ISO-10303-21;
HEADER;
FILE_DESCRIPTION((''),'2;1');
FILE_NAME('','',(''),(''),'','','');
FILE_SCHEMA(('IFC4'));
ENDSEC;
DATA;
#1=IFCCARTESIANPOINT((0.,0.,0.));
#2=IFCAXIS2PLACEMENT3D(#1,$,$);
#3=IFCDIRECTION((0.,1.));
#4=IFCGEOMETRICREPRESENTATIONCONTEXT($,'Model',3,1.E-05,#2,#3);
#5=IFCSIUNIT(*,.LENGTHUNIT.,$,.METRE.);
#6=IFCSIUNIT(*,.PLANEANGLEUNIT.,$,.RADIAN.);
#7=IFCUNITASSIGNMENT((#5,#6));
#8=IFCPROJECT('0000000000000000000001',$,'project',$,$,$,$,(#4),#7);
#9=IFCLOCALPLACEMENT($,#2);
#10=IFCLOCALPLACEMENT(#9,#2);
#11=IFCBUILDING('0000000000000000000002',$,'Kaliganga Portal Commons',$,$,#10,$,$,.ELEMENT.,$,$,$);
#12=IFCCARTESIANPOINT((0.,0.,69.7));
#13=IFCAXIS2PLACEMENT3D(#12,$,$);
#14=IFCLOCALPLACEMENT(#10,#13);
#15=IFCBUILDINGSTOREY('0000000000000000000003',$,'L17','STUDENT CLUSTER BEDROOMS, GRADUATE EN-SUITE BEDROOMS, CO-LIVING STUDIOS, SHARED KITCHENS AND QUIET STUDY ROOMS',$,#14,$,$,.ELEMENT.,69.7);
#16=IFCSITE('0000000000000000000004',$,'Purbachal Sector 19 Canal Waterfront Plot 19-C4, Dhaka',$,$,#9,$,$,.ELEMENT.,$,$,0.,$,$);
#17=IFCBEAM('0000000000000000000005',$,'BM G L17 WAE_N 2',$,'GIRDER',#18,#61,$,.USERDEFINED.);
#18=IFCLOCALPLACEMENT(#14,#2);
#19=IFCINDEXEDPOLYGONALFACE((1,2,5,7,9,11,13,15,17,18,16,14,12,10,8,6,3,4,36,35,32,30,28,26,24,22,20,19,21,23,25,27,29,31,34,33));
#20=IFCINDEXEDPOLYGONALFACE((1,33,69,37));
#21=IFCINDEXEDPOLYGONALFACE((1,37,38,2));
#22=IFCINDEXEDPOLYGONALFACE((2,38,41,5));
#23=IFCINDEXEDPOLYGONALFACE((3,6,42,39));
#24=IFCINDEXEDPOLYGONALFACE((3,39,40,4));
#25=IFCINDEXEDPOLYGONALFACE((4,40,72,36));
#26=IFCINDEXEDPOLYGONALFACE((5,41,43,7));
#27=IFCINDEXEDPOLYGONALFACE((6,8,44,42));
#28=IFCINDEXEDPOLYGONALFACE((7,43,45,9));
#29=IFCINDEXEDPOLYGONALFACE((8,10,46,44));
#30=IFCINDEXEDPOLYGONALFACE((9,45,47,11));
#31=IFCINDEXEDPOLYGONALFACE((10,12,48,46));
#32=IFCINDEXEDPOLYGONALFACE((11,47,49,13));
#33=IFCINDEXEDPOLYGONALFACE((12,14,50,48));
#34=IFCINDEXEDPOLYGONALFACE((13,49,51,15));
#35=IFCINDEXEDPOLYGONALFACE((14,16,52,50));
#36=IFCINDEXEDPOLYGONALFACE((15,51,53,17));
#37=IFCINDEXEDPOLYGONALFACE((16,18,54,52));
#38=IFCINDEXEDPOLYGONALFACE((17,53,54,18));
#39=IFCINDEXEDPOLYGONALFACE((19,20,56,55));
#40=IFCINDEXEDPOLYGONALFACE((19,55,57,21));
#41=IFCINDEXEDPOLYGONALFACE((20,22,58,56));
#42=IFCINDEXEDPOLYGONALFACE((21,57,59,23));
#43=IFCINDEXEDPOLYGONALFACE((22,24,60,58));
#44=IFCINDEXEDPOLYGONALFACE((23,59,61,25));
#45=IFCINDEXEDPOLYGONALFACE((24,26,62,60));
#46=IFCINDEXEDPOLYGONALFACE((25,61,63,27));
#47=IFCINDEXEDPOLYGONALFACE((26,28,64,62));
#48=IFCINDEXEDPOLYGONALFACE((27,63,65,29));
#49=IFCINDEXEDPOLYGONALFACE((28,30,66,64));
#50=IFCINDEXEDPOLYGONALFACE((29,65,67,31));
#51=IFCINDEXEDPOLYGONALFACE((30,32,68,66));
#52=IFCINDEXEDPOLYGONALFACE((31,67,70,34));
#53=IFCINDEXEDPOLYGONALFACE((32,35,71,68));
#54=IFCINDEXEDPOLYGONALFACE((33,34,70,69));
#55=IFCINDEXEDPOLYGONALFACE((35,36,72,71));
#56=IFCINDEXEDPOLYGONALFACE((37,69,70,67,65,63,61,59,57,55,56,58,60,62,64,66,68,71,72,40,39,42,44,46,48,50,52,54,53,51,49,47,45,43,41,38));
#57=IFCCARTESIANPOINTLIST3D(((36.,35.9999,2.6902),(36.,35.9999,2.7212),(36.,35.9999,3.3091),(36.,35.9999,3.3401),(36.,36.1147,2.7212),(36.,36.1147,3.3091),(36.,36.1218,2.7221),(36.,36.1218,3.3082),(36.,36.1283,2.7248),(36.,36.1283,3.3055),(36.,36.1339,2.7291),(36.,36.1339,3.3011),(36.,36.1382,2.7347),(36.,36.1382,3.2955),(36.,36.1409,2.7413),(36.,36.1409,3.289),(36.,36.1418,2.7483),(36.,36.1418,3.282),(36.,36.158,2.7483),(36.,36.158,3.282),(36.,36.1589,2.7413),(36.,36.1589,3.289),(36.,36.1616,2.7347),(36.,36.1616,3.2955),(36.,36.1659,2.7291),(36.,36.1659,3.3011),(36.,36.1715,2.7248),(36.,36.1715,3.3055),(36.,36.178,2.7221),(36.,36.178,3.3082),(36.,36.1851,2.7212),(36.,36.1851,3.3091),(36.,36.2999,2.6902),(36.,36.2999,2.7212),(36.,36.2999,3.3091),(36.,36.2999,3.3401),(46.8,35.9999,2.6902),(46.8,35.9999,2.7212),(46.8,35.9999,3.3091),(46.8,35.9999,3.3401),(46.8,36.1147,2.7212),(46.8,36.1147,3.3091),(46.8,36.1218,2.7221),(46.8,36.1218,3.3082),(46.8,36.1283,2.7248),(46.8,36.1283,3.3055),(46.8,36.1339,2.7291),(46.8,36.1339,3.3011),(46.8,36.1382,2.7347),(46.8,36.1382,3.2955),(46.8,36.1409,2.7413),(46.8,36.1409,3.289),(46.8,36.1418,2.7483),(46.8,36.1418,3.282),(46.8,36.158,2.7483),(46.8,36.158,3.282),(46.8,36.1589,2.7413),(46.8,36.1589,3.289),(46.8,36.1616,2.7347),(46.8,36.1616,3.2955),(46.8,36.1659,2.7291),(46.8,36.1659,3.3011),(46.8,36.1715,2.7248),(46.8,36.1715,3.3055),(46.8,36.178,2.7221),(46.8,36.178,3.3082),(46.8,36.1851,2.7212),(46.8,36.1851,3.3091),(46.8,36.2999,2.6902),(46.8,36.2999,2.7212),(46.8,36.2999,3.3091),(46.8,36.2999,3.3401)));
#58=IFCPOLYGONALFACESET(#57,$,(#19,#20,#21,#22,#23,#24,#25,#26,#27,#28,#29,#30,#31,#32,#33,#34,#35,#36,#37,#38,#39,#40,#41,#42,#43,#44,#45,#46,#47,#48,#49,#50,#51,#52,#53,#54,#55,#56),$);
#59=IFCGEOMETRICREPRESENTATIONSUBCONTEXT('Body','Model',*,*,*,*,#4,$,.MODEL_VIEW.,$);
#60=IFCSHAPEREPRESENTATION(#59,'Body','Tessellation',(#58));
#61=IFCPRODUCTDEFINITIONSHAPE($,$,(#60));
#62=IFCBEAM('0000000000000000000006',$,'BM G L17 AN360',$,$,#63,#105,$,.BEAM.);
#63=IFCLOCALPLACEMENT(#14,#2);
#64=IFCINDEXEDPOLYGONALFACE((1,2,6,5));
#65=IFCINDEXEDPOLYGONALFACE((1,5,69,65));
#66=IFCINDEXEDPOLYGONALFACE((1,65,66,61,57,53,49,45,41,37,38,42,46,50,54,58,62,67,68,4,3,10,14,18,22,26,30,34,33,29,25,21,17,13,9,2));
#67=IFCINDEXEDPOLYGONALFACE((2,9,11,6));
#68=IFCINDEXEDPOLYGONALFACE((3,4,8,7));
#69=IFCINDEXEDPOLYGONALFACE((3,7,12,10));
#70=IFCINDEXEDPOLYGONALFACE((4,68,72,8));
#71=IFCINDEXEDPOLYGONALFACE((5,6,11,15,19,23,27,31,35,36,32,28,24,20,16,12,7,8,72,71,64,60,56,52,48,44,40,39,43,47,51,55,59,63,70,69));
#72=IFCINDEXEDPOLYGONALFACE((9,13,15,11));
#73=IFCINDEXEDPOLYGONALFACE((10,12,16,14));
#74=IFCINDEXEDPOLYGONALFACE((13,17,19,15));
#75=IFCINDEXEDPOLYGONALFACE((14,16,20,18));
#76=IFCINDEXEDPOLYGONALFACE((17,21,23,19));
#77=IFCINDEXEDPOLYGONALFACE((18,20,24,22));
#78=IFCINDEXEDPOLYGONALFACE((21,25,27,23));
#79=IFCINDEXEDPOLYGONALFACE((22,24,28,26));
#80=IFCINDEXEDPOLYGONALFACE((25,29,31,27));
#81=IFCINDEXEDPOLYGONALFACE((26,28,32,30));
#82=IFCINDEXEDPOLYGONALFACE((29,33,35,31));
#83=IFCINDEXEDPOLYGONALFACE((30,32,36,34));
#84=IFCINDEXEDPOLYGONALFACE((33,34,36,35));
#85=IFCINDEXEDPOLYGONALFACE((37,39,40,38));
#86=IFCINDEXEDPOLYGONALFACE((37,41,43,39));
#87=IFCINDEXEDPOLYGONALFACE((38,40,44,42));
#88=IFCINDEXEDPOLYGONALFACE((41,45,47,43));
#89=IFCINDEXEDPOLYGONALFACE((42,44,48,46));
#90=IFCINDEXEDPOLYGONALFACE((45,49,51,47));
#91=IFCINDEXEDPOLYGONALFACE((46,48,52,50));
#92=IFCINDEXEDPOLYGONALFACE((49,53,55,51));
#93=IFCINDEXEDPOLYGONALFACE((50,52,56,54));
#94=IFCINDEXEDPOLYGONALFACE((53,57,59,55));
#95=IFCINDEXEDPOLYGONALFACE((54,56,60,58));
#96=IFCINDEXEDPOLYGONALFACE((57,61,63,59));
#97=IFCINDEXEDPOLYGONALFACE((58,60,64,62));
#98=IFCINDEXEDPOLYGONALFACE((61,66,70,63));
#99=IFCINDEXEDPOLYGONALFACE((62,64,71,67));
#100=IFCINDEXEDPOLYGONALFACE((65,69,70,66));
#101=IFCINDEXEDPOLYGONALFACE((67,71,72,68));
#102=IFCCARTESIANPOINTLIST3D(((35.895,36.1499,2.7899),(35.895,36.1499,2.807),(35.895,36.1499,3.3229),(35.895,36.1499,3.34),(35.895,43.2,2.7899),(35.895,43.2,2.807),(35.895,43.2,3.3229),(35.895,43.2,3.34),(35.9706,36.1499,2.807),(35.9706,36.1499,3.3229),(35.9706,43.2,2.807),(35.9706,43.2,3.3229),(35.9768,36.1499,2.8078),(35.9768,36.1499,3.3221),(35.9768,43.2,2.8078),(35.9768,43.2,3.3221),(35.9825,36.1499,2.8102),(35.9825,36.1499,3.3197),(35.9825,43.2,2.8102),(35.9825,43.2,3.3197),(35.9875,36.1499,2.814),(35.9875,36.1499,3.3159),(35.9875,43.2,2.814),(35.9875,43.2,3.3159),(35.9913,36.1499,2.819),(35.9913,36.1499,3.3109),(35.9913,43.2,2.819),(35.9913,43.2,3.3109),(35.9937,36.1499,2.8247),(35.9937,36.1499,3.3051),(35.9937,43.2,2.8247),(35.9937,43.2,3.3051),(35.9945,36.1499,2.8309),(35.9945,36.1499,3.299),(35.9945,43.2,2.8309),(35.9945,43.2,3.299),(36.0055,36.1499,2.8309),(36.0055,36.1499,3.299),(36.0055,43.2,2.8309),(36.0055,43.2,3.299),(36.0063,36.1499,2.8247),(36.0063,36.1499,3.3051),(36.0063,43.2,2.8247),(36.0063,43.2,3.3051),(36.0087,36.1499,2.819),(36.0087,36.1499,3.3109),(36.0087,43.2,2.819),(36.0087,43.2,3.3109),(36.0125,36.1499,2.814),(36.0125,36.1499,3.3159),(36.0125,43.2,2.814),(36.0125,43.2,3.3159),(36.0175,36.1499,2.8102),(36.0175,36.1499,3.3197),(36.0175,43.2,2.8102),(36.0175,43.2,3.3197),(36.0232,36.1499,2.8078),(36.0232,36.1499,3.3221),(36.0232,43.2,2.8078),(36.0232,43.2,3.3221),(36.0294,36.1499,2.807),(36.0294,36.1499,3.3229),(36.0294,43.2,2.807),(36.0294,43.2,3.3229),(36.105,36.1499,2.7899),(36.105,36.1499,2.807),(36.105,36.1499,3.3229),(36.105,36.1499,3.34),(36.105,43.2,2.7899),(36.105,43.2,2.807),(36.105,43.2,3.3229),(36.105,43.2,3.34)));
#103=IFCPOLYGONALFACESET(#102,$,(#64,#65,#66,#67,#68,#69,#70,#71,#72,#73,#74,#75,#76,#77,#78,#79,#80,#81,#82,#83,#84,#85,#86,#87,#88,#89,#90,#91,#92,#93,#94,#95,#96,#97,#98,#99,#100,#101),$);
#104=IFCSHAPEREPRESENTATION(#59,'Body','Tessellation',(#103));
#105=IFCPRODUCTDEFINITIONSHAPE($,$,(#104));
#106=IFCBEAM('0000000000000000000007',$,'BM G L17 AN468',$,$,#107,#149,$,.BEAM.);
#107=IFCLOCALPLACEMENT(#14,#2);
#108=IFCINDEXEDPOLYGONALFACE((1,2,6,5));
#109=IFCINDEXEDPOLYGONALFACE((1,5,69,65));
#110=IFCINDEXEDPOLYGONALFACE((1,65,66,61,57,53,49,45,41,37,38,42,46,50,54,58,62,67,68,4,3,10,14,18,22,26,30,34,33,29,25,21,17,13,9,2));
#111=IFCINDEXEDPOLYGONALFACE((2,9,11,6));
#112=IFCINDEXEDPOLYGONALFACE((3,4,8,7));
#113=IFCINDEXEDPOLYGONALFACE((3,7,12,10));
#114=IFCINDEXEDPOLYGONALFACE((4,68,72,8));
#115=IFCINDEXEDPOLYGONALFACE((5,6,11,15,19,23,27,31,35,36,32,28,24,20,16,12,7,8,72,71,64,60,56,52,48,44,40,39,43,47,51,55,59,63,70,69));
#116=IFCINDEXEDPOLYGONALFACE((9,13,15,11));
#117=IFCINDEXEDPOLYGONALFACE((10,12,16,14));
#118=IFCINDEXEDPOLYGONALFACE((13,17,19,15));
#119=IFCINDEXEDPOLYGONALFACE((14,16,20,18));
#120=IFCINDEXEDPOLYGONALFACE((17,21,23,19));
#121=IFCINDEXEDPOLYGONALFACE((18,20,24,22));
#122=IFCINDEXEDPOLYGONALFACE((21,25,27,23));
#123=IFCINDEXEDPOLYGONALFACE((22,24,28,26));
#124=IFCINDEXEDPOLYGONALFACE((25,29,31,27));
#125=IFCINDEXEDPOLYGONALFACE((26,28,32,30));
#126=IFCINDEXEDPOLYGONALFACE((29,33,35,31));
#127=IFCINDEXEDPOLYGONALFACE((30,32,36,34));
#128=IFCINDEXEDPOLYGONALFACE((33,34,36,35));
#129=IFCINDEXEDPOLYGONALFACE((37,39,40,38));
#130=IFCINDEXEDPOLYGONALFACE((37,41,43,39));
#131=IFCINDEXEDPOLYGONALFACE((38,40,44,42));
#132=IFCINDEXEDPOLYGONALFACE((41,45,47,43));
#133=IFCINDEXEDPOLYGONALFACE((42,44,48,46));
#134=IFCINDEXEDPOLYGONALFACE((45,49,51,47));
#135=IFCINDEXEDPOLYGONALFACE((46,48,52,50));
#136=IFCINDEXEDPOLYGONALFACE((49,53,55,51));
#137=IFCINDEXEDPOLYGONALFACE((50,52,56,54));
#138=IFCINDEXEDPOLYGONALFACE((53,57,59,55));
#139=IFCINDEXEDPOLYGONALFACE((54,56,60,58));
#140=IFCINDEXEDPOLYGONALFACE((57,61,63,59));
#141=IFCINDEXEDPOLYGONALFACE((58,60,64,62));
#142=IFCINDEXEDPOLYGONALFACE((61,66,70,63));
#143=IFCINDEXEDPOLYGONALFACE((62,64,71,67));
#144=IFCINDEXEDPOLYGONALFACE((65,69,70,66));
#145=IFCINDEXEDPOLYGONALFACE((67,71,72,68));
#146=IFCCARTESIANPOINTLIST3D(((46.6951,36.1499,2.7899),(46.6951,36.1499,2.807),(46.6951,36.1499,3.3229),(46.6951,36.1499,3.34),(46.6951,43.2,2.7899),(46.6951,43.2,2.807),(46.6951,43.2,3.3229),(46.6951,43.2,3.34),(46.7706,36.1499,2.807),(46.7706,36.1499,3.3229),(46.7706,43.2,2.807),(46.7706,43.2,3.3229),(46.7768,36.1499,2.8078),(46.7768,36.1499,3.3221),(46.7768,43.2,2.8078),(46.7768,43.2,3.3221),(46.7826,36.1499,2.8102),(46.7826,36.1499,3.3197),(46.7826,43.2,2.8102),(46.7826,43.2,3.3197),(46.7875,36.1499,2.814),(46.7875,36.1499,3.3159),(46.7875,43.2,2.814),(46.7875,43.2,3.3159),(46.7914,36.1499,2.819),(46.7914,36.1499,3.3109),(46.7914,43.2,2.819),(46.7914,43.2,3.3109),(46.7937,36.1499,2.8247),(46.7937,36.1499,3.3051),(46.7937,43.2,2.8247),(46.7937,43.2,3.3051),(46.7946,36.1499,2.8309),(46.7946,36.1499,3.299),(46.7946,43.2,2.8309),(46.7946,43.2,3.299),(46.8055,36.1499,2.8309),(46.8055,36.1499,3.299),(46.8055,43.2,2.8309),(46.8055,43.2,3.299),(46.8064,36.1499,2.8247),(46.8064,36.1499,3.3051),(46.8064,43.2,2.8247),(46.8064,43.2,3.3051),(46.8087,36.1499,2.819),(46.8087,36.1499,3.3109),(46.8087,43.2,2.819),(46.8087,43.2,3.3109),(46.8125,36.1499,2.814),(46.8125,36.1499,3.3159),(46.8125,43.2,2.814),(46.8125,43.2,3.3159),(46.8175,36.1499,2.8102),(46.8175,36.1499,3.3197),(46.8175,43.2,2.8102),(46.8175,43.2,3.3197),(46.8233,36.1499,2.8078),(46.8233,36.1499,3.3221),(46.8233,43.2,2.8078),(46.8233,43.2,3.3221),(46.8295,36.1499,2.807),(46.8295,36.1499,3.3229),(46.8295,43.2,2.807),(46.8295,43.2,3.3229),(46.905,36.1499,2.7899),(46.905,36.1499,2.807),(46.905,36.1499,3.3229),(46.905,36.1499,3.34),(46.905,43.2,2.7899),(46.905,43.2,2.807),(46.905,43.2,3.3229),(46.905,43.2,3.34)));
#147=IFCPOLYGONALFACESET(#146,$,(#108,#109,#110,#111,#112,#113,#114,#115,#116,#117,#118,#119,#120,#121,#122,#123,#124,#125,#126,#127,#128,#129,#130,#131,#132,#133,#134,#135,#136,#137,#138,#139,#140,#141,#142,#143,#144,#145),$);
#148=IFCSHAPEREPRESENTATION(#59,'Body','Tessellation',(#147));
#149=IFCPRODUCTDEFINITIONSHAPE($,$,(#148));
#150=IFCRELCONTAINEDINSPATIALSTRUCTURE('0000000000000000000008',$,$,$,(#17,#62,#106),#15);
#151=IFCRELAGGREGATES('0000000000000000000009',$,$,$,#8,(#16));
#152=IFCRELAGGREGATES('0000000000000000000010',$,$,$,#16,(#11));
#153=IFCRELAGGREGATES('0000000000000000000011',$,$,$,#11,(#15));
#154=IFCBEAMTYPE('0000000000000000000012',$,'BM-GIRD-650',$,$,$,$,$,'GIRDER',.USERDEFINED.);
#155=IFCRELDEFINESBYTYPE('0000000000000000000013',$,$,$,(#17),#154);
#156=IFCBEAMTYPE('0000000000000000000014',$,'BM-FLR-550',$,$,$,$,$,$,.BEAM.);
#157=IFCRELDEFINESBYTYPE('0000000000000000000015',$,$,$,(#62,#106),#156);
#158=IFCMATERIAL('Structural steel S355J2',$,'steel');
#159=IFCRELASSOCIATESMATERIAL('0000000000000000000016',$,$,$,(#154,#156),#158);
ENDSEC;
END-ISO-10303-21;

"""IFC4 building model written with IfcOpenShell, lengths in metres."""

from ifc_helpers import new_model, si_unit, direction, frame, origin, origin_2d, place, context, subcontext, project, spatial, i_section, extrude, source, transform, mapped, material, material_profile, profile_set, type_object, element, save


model = new_model("IFC4")

# Units and contexts
model_context = context("Model", 3, precision=1e-05, world=origin(), true_north=direction((0.0, 1.0)))
body_context = subcontext(model_context, "Body", "Model", "MODEL_VIEW")
ifc_project = project(units=[si_unit("LENGTHUNIT", "METRE"), si_unit("PLANEANGLEUNIT", "RADIAN")], contexts=[model_context])

# Site, building, storey
site_placement = place(None, origin())
site = spatial("IfcSite", under=ifc_project, at=site_placement, Name="Purbachal Sector 19 Canal Waterfront Plot 19-C4, Dhaka", CompositionType="ELEMENT", RefElevation=0.0)
building_placement = place(site_placement, origin())
building = spatial("IfcBuilding", under=site, at=building_placement, Name="Kaliganga Portal Commons", CompositionType="ELEMENT")
storey_placement = place(building_placement, frame((0.0, 0.0, 69.7)))
storey = spatial("IfcBuildingStorey", under=building, at=storey_placement, Name="L17", Description="STUDENT CLUSTER BEDROOMS, GRADUATE EN-SUITE BEDROOMS, CO-LIVING STUDIOS, SHARED KITCHENS AND QUIET STUDY ROOMS", CompositionType="ELEMENT", Elevation=69.7)

# Beams
ifc_material_1 = material(Name="Structural steel S355J2", Category="steel")
ifc_material_profile_1 = material_profile(ifc_material_1, i_section(OverallWidth=0.3, OverallDepth=0.6499, WebThickness=0.0161, FlangeThickness=0.031, FilletRadius=0.0271, at=origin_2d()), Name="HE 650 B")
ifc_profile_set_1 = profile_set([ifc_material_profile_1], Name="Structural steel S355J2 wide-flange")
beam_type_1 = type_object("IfcBeamType", Name="BM-GIRD-650", ElementType="GIRDER", PredefinedType="USERDEFINED", material=ifc_profile_set_1)
shared_shape_1 = source(origin(), body_context, "Body", "SweptSolid", [
    extrude(i_section(OverallWidth=0.3, OverallDepth=0.6499, WebThickness=0.0161, FlangeThickness=0.031, FilletRadius=0.0271, at=origin_2d()), origin(), (0.0, 0.0, 1.0), 10.8),
])
beam_1_placement = place(storey_placement, frame((36.0, 36.1499, 3.0151), z_axis=(1.0, 0.0, 0.0), x_axis=(0.0, 1.0, 0.0)))
element("IfcBeam", 1, at=beam_1_placement, inside=storey, type_object=beam_type_1, Name="BM G L17 WAE_N 2", ObjectType="GIRDER", PredefinedType="USERDEFINED", context=body_context, shape_type="MappedRepresentation", body=[
    mapped(shared_shape_1, transform((0.0, 0.0, 0.0), x_axis=(1.0, 0.0, 0.0), y_axis=(0.0, 1.0, 0.0), z_axis=(0.0, 0.0, 1.0), scale=1.0)),
])
ifc_material_profile_2 = material_profile(ifc_material_1, i_section(OverallWidth=0.21, OverallDepth=0.55, WebThickness=0.011, FlangeThickness=0.0171, FilletRadius=0.0239, at=origin_2d()), Name="IPE 550")
ifc_profile_set_2 = profile_set([ifc_material_profile_2], Name="Structural steel S355J2 wide-flange")
beam_type_2 = type_object("IfcBeamType", Name="BM-FLR-550", PredefinedType="BEAM", material=ifc_profile_set_2)
shared_shape_2 = source(origin(), body_context, "Body", "SweptSolid", [
    extrude(i_section(OverallWidth=0.21, OverallDepth=0.55, WebThickness=0.011, FlangeThickness=0.0171, FilletRadius=0.0239, at=origin_2d()), origin(), (0.0, 0.0, 1.0), 7.05),
])
for number, where, z_axis, x_axis, name in (
    (2, (36.0, 36.1499, 3.0649), (0.0, 1.0, 0.0), (-1.0, 0.0, 0.0), "BM G L17 AN360"),
    (3, (46.8, 36.1499, 3.0649), (0.0, 1.0, 0.0), (-1.0, 0.0, 0.0), "BM G L17 AN468"),
):
    element("IfcBeam", number, at=place(storey_placement, frame(where, z_axis=z_axis, x_axis=x_axis)), inside=storey, type_object=beam_type_2, Name=name, PredefinedType="BEAM", context=body_context, shape_type="MappedRepresentation", body=[
        mapped(shared_shape_2, transform((0.0, 0.0, 0.0), x_axis=(1.0, 0.0, 0.0), y_axis=(0.0, 1.0, 0.0), z_axis=(0.0, 0.0, 1.0), scale=1.0)),
    ])

save(model, "model.ifc")
